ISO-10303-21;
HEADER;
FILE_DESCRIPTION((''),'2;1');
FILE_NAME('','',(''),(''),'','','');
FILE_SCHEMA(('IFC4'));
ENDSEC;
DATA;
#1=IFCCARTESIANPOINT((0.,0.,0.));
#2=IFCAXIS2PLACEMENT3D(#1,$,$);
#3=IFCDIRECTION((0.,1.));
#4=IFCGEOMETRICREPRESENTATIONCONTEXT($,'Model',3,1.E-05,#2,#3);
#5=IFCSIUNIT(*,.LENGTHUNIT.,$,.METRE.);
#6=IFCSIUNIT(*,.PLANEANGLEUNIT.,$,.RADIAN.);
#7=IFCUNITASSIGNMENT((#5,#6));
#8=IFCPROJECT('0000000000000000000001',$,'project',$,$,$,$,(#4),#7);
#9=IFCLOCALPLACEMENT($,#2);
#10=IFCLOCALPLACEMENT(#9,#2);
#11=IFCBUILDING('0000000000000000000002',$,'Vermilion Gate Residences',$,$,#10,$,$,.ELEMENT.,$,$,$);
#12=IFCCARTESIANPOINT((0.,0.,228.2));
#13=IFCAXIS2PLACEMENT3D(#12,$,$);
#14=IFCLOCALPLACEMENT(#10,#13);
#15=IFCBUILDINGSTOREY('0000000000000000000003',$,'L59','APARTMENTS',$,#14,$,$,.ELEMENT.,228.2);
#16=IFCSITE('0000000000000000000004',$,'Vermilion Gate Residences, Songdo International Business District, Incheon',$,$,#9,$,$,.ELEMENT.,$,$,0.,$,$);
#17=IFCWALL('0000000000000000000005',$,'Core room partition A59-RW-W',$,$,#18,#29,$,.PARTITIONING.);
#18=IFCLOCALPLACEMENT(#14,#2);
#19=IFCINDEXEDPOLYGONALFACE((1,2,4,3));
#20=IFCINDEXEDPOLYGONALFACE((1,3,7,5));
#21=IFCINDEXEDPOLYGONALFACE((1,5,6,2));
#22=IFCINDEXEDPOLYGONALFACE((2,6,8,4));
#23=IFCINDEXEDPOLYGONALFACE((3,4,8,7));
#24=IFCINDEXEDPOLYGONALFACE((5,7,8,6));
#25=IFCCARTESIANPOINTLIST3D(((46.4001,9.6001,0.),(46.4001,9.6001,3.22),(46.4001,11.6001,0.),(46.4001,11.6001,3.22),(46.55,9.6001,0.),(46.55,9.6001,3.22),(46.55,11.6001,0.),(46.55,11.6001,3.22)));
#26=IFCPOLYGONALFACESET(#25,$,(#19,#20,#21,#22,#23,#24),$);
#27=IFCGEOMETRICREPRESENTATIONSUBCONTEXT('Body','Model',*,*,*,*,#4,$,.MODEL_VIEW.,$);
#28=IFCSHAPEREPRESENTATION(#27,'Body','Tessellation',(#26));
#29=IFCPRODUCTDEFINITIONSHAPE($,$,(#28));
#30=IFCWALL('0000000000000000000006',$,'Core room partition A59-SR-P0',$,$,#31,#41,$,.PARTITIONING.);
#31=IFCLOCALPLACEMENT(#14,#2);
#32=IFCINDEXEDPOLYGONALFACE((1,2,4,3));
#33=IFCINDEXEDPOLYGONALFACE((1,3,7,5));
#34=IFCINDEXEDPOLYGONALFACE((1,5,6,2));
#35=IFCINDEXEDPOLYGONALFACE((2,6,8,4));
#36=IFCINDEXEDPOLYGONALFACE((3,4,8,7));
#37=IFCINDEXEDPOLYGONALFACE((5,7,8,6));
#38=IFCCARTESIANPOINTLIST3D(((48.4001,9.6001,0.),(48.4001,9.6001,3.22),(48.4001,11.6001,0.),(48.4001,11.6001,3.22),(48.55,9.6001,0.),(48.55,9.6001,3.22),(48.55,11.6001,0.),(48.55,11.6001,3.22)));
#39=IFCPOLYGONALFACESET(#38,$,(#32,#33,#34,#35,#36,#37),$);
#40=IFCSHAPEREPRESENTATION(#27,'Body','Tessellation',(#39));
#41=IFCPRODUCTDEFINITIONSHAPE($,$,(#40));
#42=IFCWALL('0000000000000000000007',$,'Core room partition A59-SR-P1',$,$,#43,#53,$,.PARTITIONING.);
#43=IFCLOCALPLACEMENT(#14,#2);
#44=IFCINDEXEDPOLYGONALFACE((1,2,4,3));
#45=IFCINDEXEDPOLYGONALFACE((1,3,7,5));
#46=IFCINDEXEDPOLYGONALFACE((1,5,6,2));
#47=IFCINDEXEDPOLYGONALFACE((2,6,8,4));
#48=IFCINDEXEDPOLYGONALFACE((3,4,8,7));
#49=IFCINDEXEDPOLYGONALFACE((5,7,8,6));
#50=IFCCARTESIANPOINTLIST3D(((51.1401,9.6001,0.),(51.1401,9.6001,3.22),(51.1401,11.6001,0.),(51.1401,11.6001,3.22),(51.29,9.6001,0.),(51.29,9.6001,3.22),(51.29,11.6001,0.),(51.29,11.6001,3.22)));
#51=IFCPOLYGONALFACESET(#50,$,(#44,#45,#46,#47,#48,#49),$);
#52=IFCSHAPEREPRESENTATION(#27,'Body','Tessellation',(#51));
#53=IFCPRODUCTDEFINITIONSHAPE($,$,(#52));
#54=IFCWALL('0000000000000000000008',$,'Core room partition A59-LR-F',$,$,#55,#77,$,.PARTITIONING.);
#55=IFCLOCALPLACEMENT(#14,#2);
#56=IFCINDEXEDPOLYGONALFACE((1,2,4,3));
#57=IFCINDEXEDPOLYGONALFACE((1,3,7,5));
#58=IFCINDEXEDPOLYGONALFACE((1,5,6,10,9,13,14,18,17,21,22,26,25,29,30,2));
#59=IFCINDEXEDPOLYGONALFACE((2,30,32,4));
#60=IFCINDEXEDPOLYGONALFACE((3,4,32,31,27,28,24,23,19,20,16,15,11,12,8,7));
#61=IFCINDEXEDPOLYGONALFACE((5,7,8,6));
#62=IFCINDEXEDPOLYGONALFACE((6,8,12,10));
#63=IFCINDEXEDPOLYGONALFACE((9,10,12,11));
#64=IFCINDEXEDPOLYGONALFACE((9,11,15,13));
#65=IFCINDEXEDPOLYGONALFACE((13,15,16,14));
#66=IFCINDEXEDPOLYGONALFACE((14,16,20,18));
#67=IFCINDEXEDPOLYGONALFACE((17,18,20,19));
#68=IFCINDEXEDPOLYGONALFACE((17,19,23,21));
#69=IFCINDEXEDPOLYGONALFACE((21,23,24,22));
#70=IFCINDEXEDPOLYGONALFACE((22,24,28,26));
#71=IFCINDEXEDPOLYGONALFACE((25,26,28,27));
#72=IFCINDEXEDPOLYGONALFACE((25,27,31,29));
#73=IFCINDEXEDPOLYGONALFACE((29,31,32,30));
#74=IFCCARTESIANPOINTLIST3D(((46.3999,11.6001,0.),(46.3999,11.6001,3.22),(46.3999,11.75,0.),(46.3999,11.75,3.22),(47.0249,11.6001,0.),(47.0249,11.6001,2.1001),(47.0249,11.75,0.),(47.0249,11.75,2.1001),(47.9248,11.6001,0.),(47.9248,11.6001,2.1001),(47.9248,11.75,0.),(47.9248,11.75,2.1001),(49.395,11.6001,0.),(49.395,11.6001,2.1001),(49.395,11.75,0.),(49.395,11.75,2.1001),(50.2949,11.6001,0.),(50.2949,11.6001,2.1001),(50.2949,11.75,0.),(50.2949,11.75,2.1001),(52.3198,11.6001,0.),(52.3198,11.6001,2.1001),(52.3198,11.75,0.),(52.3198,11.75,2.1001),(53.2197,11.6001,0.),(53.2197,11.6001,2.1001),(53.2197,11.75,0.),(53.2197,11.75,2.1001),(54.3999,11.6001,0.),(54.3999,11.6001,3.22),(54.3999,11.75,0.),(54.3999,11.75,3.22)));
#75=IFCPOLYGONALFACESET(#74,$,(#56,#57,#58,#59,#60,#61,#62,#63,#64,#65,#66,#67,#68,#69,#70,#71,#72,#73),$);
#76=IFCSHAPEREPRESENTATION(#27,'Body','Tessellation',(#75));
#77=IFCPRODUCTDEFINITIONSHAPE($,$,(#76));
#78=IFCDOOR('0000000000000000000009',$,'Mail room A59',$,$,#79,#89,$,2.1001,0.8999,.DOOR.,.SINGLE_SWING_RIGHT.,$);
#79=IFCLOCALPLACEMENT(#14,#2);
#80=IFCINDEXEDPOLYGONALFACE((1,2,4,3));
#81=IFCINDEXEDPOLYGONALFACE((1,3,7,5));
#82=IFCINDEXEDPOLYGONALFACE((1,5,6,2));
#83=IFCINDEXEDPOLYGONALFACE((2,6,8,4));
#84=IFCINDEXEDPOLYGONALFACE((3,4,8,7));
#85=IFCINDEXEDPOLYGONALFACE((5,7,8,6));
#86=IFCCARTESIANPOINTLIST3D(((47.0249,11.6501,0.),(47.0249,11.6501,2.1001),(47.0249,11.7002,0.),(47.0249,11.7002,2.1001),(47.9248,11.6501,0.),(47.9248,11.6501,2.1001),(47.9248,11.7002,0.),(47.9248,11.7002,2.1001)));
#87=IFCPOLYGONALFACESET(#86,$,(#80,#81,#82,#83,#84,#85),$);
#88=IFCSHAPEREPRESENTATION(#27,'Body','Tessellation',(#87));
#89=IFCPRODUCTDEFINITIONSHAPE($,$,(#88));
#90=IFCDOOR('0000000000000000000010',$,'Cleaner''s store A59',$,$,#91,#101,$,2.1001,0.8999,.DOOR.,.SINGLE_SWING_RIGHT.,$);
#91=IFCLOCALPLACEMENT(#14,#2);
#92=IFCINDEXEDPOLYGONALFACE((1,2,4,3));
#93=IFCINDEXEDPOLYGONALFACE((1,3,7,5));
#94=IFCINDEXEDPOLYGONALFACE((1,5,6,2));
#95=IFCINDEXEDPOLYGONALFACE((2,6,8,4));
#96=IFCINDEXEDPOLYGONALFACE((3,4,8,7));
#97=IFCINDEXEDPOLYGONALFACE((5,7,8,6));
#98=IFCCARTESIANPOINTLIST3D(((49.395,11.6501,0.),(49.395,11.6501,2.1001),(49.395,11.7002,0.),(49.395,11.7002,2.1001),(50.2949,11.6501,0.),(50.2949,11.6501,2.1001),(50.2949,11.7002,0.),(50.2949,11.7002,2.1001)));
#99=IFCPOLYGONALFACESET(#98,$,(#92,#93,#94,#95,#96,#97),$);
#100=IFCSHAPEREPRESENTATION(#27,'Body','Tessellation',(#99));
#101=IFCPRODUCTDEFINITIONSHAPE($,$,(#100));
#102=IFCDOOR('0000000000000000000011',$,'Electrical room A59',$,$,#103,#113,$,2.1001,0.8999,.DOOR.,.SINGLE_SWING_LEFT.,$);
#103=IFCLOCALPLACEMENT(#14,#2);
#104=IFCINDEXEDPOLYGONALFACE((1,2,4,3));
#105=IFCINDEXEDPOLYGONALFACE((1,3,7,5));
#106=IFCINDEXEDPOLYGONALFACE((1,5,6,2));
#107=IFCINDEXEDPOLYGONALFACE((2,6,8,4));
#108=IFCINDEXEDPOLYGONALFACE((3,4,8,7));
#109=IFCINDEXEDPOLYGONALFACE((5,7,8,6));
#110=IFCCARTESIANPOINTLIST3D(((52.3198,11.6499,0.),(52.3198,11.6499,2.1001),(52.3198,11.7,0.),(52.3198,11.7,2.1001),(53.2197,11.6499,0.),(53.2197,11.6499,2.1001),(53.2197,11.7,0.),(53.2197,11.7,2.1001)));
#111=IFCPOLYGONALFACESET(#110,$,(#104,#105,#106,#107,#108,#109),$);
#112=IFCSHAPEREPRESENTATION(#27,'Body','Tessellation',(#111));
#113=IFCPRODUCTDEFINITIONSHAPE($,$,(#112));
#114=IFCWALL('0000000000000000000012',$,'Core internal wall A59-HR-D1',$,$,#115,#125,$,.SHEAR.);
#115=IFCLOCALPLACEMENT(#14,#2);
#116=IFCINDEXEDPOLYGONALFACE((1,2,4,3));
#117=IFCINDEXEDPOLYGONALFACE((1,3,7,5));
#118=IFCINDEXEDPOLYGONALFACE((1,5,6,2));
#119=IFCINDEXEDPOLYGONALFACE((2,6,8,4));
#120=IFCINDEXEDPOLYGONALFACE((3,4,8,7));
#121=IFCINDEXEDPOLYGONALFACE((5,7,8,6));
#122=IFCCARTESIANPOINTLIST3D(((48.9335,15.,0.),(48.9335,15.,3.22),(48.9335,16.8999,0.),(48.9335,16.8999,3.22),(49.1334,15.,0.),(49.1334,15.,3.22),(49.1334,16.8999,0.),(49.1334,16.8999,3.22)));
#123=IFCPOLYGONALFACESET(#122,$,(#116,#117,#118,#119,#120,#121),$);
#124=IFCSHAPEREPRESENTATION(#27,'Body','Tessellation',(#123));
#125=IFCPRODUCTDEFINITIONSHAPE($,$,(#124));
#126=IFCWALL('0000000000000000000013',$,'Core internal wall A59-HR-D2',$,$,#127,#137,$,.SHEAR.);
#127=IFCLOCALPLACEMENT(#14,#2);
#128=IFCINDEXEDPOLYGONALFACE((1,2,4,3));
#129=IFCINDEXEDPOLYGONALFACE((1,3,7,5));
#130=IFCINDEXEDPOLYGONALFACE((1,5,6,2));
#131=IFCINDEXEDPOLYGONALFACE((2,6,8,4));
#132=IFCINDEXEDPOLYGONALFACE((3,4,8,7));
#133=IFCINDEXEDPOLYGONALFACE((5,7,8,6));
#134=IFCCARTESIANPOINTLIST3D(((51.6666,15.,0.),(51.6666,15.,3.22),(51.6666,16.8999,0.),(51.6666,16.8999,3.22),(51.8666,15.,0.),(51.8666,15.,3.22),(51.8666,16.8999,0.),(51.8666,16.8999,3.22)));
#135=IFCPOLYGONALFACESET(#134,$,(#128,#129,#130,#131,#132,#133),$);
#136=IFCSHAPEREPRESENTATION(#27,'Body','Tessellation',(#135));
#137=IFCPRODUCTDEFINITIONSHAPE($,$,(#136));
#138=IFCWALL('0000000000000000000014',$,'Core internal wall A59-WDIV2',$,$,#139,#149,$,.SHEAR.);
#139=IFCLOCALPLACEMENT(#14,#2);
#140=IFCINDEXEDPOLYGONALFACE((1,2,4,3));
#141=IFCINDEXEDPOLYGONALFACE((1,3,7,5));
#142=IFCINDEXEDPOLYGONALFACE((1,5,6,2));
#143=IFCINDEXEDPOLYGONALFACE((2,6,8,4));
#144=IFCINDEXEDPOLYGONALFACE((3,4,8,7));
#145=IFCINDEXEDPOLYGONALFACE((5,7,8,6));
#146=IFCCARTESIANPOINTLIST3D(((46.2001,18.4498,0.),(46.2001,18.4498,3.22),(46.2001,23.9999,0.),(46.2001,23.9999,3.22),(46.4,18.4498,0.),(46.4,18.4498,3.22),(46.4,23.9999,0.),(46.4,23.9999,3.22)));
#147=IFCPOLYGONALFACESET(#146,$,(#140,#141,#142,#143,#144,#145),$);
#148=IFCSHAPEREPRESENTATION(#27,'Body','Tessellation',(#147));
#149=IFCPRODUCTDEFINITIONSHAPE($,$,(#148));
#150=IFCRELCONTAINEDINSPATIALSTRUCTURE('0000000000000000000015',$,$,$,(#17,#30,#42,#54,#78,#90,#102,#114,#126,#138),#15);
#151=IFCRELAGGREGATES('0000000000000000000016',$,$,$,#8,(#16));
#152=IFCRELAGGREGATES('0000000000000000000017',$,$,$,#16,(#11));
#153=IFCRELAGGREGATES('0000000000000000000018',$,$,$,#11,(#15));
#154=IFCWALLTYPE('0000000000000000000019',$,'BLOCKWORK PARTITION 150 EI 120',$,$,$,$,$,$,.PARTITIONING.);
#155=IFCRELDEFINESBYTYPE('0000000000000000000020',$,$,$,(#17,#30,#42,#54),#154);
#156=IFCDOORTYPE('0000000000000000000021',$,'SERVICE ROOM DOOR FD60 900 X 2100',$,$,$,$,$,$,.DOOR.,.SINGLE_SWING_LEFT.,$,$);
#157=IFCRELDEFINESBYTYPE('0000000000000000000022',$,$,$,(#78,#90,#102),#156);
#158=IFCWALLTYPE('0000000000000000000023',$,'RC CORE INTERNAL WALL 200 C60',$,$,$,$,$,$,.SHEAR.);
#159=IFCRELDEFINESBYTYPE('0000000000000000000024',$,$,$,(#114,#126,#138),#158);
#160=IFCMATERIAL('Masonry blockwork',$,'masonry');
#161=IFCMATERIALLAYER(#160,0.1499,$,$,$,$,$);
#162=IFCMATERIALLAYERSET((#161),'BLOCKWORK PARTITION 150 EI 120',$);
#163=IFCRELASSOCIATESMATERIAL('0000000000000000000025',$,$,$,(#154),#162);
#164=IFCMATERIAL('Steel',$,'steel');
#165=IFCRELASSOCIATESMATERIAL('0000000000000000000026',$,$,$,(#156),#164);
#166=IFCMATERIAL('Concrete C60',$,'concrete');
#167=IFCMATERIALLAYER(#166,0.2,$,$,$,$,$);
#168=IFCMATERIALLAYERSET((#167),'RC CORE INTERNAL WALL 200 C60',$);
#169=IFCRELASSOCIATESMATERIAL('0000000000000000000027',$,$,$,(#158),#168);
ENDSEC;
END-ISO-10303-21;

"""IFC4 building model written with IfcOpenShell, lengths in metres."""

from ifc_helpers import new_model, si_unit, direction, frame, frame_2d, origin, place, context, subcontext, project, spatial, rectangle, extrude, material, layer, layer_set, type_object, element, fill, save


model = new_model("IFC4")

# Units and contexts
model_context = context("Model", 3, precision=1e-05, world=origin(), true_north=direction((0.0, 1.0)))
body_context = subcontext(model_context, "Body", "Model", "MODEL_VIEW")
ifc_project = project(units=[si_unit("LENGTHUNIT", "METRE"), si_unit("PLANEANGLEUNIT", "RADIAN")], contexts=[model_context])

# Site, building, storey
site_placement = place(None, origin())
site = spatial("IfcSite", under=ifc_project, at=site_placement, Name="Vermilion Gate Residences, Songdo International Business District, Incheon", CompositionType="ELEMENT", RefElevation=0.0)
building_placement = place(site_placement, origin())
building = spatial("IfcBuilding", under=site, at=building_placement, Name="Vermilion Gate Residences", CompositionType="ELEMENT")
storey_placement = place(building_placement, frame((0.0, 0.0, 228.2)))
storey = spatial("IfcBuildingStorey", under=building, at=storey_placement, Name="L59", Description="APARTMENTS", CompositionType="ELEMENT", Elevation=228.2)

# Walls
ifc_material_1 = material(Name="Masonry blockwork", Category="masonry")
ifc_layer_1 = layer(ifc_material_1, 0.1499)
ifc_layer_set_1 = layer_set([ifc_layer_1], Name="BLOCKWORK PARTITION 150 EI 120")
wall_type_1 = type_object("IfcWallType", Name="BLOCKWORK PARTITION 150 EI 120", PredefinedType="PARTITIONING", material=ifc_layer_set_1)
for number, where, z_axis, x_axis, name in (
    (1, (46.4751, 9.6001, 0.0), (0.0, 0.0, 1.0), (0.0, 1.0, 0.0), "Core room partition A59-RW-W"),
    (2, (48.4751, 9.6001, 0.0), (0.0, 0.0, 1.0), (0.0, 1.0, 0.0), "Core room partition A59-SR-P0"),
    (3, (51.2151, 9.6001, 0.0), (0.0, 0.0, 1.0), (0.0, 1.0, 0.0), "Core room partition A59-SR-P1"),
):
    element("IfcWall", number, at=place(storey_placement, frame(where, z_axis=z_axis, x_axis=x_axis)), inside=storey, type_object=wall_type_1, Name=name, PredefinedType="PARTITIONING", context=body_context, shape_type="SweptSolid", body=[
        extrude(rectangle(XDim=2.0, YDim=0.1499, at=frame_2d((1.0, 0.0))), origin(), (0.0, 0.0, 1.0), 3.22),
    ])

# Wall, openings, doors
wall_1_placement = place(storey_placement, frame((46.3999, 11.675, 0.0), z_axis=(0.0, 0.0, 1.0), x_axis=(1.0, 0.0, 0.0)))
wall_1 = element("IfcWall", 4, at=wall_1_placement, inside=storey, type_object=wall_type_1, Name="Core room partition A59-LR-F", PredefinedType="PARTITIONING", context=body_context, shape_type="SweptSolid", body=[
    extrude(rectangle(XDim=8.0, YDim=0.1499, at=frame_2d((4.0, 0.0))), origin(), (0.0, 0.0, 1.0), 3.22),
])
opening_1_placement = place(wall_1_placement, frame((0.625, 0.0, 0.0)))
opening_1 = element("IfcOpeningElement", 5, at=opening_1_placement, cuts=wall_1, PredefinedType="OPENING", context=body_context, shape_type="SweptSolid", body=[
    extrude(rectangle(XDim=0.8999, YDim=2.1001, at=frame_2d((0.45, 1.05))), frame((0.0, 0.085, 0.0), z_axis=(0.0, -1.0, 0.0), x_axis=(1.0, 0.0, 0.0)), (0.0, 0.0, 1.0), 0.1699),
])
opening_2_placement = place(wall_1_placement, frame((2.9951, 0.0, 0.0)))
opening_2 = element("IfcOpeningElement", 6, at=opening_2_placement, cuts=wall_1, PredefinedType="OPENING", context=body_context, shape_type="SweptSolid", body=[
    extrude(rectangle(XDim=0.8999, YDim=2.1001, at=frame_2d((0.45, 1.05))), frame((0.0, 0.085, 0.0), z_axis=(0.0, -1.0, 0.0), x_axis=(1.0, 0.0, 0.0)), (0.0, 0.0, 1.0), 0.1699),
])
opening_3_placement = place(wall_1_placement, frame((5.9199, 0.0, 0.0)))
opening_3 = element("IfcOpeningElement", 7, at=opening_3_placement, cuts=wall_1, PredefinedType="OPENING", context=body_context, shape_type="SweptSolid", body=[
    extrude(rectangle(XDim=0.8999, YDim=2.1001, at=frame_2d((0.45, 1.05))), frame((0.0, 0.085, 0.0), z_axis=(0.0, -1.0, 0.0), x_axis=(1.0, 0.0, 0.0)), (0.0, 0.0, 1.0), 0.1699),
])
ifc_material_2 = material(Name="Steel", Category="steel")
door_type_1 = type_object("IfcDoorType", Name="SERVICE ROOM DOOR FD60 900 X 2100", OperationType="SINGLE_SWING_LEFT", PredefinedType="DOOR", material=ifc_material_2)
door_1_placement = place(opening_1_placement, frame((0.8999, 0.0, 0.0), z_axis=(0.0, 0.0, 1.0), x_axis=(-1.0, 0.0, 0.0)))
door_1 = element("IfcDoor", 8, at=door_1_placement, inside=storey, type_object=door_type_1, Name="Mail room A59", OperationType="SINGLE_SWING_RIGHT", OverallHeight=2.1001, OverallWidth=0.8999, PredefinedType="DOOR", context=body_context, shape_type="SweptSolid", body=[
    extrude(rectangle(XDim=0.8999, YDim=2.1001, at=frame_2d((0.45, 1.05))), frame((0.0, 0.0249, 0.0), z_axis=(0.0, -1.0, 0.0), x_axis=(1.0, 0.0, 0.0)), (0.0, 0.0, 1.0), 0.05),
])
fill(opening_1, door_1)
door_2_placement = place(opening_2_placement, frame((0.8999, 0.0, 0.0), z_axis=(0.0, 0.0, 1.0), x_axis=(-1.0, 0.0, 0.0)))
door_2 = element("IfcDoor", 9, at=door_2_placement, inside=storey, type_object=door_type_1, Name="Cleaner's store A59", OperationType="SINGLE_SWING_RIGHT", OverallHeight=2.1001, OverallWidth=0.8999, PredefinedType="DOOR", context=body_context, shape_type="SweptSolid", body=[
    extrude(rectangle(XDim=0.8999, YDim=2.1001, at=frame_2d((0.45, 1.05))), frame((0.0, 0.0249, 0.0), z_axis=(0.0, -1.0, 0.0), x_axis=(1.0, 0.0, 0.0)), (0.0, 0.0, 1.0), 0.05),
])
fill(opening_2, door_2)
door_3_placement = place(opening_3_placement, origin())
door_3 = element("IfcDoor", 10, at=door_3_placement, inside=storey, type_object=door_type_1, Name="Electrical room A59", OperationType="SINGLE_SWING_LEFT", OverallHeight=2.1001, OverallWidth=0.8999, PredefinedType="DOOR", context=body_context, shape_type="SweptSolid", body=[
    extrude(rectangle(XDim=0.8999, YDim=2.1001, at=frame_2d((0.45, 1.05))), frame((0.0, 0.0249, 0.0), z_axis=(0.0, -1.0, 0.0), x_axis=(1.0, 0.0, 0.0)), (0.0, 0.0, 1.0), 0.05),
])
fill(opening_3, door_3)

# Walls
ifc_material_3 = material(Name="Concrete C60", Category="concrete")
ifc_layer_2 = layer(ifc_material_3, 0.2)
ifc_layer_set_2 = layer_set([ifc_layer_2], Name="RC CORE INTERNAL WALL 200 C60")
wall_type_2 = type_object("IfcWallType", Name="RC CORE INTERNAL WALL 200 C60", PredefinedType="SHEAR", material=ifc_layer_set_2)
for number, where, z_axis, x_axis, name in (
    (11, (49.0334, 15.0, 0.0), (0.0, 0.0, 1.0), (0.0, 1.0, 0.0), "Core internal wall A59-HR-D1"),
    (12, (51.7666, 15.0, 0.0), (0.0, 0.0, 1.0), (0.0, 1.0, 0.0), "Core internal wall A59-HR-D2"),
):
    element("IfcWall", number, at=place(storey_placement, frame(where, z_axis=z_axis, x_axis=x_axis)), inside=storey, type_object=wall_type_2, Name=name, PredefinedType="SHEAR", context=body_context, shape_type="SweptSolid", body=[
        extrude(rectangle(XDim=1.8999, YDim=0.2, at=frame_2d((0.95, 0.0))), origin(), (0.0, 0.0, 1.0), 3.22),
    ])
wall_2_placement = place(storey_placement, frame((46.3, 18.45, 0.0), z_axis=(0.0, 0.0, 1.0), x_axis=(0.0, 1.0, 0.0)))
element("IfcWall", 13, at=wall_2_placement, inside=storey, type_object=wall_type_2, Name="Core internal wall A59-WDIV2", PredefinedType="SHEAR", context=body_context, shape_type="SweptSolid", body=[
    extrude(rectangle(XDim=5.55, YDim=0.2, at=frame_2d((2.7749, 0.0))), origin(), (0.0, 0.0, 1.0), 3.22),
])

save(model, "model.ifc")
